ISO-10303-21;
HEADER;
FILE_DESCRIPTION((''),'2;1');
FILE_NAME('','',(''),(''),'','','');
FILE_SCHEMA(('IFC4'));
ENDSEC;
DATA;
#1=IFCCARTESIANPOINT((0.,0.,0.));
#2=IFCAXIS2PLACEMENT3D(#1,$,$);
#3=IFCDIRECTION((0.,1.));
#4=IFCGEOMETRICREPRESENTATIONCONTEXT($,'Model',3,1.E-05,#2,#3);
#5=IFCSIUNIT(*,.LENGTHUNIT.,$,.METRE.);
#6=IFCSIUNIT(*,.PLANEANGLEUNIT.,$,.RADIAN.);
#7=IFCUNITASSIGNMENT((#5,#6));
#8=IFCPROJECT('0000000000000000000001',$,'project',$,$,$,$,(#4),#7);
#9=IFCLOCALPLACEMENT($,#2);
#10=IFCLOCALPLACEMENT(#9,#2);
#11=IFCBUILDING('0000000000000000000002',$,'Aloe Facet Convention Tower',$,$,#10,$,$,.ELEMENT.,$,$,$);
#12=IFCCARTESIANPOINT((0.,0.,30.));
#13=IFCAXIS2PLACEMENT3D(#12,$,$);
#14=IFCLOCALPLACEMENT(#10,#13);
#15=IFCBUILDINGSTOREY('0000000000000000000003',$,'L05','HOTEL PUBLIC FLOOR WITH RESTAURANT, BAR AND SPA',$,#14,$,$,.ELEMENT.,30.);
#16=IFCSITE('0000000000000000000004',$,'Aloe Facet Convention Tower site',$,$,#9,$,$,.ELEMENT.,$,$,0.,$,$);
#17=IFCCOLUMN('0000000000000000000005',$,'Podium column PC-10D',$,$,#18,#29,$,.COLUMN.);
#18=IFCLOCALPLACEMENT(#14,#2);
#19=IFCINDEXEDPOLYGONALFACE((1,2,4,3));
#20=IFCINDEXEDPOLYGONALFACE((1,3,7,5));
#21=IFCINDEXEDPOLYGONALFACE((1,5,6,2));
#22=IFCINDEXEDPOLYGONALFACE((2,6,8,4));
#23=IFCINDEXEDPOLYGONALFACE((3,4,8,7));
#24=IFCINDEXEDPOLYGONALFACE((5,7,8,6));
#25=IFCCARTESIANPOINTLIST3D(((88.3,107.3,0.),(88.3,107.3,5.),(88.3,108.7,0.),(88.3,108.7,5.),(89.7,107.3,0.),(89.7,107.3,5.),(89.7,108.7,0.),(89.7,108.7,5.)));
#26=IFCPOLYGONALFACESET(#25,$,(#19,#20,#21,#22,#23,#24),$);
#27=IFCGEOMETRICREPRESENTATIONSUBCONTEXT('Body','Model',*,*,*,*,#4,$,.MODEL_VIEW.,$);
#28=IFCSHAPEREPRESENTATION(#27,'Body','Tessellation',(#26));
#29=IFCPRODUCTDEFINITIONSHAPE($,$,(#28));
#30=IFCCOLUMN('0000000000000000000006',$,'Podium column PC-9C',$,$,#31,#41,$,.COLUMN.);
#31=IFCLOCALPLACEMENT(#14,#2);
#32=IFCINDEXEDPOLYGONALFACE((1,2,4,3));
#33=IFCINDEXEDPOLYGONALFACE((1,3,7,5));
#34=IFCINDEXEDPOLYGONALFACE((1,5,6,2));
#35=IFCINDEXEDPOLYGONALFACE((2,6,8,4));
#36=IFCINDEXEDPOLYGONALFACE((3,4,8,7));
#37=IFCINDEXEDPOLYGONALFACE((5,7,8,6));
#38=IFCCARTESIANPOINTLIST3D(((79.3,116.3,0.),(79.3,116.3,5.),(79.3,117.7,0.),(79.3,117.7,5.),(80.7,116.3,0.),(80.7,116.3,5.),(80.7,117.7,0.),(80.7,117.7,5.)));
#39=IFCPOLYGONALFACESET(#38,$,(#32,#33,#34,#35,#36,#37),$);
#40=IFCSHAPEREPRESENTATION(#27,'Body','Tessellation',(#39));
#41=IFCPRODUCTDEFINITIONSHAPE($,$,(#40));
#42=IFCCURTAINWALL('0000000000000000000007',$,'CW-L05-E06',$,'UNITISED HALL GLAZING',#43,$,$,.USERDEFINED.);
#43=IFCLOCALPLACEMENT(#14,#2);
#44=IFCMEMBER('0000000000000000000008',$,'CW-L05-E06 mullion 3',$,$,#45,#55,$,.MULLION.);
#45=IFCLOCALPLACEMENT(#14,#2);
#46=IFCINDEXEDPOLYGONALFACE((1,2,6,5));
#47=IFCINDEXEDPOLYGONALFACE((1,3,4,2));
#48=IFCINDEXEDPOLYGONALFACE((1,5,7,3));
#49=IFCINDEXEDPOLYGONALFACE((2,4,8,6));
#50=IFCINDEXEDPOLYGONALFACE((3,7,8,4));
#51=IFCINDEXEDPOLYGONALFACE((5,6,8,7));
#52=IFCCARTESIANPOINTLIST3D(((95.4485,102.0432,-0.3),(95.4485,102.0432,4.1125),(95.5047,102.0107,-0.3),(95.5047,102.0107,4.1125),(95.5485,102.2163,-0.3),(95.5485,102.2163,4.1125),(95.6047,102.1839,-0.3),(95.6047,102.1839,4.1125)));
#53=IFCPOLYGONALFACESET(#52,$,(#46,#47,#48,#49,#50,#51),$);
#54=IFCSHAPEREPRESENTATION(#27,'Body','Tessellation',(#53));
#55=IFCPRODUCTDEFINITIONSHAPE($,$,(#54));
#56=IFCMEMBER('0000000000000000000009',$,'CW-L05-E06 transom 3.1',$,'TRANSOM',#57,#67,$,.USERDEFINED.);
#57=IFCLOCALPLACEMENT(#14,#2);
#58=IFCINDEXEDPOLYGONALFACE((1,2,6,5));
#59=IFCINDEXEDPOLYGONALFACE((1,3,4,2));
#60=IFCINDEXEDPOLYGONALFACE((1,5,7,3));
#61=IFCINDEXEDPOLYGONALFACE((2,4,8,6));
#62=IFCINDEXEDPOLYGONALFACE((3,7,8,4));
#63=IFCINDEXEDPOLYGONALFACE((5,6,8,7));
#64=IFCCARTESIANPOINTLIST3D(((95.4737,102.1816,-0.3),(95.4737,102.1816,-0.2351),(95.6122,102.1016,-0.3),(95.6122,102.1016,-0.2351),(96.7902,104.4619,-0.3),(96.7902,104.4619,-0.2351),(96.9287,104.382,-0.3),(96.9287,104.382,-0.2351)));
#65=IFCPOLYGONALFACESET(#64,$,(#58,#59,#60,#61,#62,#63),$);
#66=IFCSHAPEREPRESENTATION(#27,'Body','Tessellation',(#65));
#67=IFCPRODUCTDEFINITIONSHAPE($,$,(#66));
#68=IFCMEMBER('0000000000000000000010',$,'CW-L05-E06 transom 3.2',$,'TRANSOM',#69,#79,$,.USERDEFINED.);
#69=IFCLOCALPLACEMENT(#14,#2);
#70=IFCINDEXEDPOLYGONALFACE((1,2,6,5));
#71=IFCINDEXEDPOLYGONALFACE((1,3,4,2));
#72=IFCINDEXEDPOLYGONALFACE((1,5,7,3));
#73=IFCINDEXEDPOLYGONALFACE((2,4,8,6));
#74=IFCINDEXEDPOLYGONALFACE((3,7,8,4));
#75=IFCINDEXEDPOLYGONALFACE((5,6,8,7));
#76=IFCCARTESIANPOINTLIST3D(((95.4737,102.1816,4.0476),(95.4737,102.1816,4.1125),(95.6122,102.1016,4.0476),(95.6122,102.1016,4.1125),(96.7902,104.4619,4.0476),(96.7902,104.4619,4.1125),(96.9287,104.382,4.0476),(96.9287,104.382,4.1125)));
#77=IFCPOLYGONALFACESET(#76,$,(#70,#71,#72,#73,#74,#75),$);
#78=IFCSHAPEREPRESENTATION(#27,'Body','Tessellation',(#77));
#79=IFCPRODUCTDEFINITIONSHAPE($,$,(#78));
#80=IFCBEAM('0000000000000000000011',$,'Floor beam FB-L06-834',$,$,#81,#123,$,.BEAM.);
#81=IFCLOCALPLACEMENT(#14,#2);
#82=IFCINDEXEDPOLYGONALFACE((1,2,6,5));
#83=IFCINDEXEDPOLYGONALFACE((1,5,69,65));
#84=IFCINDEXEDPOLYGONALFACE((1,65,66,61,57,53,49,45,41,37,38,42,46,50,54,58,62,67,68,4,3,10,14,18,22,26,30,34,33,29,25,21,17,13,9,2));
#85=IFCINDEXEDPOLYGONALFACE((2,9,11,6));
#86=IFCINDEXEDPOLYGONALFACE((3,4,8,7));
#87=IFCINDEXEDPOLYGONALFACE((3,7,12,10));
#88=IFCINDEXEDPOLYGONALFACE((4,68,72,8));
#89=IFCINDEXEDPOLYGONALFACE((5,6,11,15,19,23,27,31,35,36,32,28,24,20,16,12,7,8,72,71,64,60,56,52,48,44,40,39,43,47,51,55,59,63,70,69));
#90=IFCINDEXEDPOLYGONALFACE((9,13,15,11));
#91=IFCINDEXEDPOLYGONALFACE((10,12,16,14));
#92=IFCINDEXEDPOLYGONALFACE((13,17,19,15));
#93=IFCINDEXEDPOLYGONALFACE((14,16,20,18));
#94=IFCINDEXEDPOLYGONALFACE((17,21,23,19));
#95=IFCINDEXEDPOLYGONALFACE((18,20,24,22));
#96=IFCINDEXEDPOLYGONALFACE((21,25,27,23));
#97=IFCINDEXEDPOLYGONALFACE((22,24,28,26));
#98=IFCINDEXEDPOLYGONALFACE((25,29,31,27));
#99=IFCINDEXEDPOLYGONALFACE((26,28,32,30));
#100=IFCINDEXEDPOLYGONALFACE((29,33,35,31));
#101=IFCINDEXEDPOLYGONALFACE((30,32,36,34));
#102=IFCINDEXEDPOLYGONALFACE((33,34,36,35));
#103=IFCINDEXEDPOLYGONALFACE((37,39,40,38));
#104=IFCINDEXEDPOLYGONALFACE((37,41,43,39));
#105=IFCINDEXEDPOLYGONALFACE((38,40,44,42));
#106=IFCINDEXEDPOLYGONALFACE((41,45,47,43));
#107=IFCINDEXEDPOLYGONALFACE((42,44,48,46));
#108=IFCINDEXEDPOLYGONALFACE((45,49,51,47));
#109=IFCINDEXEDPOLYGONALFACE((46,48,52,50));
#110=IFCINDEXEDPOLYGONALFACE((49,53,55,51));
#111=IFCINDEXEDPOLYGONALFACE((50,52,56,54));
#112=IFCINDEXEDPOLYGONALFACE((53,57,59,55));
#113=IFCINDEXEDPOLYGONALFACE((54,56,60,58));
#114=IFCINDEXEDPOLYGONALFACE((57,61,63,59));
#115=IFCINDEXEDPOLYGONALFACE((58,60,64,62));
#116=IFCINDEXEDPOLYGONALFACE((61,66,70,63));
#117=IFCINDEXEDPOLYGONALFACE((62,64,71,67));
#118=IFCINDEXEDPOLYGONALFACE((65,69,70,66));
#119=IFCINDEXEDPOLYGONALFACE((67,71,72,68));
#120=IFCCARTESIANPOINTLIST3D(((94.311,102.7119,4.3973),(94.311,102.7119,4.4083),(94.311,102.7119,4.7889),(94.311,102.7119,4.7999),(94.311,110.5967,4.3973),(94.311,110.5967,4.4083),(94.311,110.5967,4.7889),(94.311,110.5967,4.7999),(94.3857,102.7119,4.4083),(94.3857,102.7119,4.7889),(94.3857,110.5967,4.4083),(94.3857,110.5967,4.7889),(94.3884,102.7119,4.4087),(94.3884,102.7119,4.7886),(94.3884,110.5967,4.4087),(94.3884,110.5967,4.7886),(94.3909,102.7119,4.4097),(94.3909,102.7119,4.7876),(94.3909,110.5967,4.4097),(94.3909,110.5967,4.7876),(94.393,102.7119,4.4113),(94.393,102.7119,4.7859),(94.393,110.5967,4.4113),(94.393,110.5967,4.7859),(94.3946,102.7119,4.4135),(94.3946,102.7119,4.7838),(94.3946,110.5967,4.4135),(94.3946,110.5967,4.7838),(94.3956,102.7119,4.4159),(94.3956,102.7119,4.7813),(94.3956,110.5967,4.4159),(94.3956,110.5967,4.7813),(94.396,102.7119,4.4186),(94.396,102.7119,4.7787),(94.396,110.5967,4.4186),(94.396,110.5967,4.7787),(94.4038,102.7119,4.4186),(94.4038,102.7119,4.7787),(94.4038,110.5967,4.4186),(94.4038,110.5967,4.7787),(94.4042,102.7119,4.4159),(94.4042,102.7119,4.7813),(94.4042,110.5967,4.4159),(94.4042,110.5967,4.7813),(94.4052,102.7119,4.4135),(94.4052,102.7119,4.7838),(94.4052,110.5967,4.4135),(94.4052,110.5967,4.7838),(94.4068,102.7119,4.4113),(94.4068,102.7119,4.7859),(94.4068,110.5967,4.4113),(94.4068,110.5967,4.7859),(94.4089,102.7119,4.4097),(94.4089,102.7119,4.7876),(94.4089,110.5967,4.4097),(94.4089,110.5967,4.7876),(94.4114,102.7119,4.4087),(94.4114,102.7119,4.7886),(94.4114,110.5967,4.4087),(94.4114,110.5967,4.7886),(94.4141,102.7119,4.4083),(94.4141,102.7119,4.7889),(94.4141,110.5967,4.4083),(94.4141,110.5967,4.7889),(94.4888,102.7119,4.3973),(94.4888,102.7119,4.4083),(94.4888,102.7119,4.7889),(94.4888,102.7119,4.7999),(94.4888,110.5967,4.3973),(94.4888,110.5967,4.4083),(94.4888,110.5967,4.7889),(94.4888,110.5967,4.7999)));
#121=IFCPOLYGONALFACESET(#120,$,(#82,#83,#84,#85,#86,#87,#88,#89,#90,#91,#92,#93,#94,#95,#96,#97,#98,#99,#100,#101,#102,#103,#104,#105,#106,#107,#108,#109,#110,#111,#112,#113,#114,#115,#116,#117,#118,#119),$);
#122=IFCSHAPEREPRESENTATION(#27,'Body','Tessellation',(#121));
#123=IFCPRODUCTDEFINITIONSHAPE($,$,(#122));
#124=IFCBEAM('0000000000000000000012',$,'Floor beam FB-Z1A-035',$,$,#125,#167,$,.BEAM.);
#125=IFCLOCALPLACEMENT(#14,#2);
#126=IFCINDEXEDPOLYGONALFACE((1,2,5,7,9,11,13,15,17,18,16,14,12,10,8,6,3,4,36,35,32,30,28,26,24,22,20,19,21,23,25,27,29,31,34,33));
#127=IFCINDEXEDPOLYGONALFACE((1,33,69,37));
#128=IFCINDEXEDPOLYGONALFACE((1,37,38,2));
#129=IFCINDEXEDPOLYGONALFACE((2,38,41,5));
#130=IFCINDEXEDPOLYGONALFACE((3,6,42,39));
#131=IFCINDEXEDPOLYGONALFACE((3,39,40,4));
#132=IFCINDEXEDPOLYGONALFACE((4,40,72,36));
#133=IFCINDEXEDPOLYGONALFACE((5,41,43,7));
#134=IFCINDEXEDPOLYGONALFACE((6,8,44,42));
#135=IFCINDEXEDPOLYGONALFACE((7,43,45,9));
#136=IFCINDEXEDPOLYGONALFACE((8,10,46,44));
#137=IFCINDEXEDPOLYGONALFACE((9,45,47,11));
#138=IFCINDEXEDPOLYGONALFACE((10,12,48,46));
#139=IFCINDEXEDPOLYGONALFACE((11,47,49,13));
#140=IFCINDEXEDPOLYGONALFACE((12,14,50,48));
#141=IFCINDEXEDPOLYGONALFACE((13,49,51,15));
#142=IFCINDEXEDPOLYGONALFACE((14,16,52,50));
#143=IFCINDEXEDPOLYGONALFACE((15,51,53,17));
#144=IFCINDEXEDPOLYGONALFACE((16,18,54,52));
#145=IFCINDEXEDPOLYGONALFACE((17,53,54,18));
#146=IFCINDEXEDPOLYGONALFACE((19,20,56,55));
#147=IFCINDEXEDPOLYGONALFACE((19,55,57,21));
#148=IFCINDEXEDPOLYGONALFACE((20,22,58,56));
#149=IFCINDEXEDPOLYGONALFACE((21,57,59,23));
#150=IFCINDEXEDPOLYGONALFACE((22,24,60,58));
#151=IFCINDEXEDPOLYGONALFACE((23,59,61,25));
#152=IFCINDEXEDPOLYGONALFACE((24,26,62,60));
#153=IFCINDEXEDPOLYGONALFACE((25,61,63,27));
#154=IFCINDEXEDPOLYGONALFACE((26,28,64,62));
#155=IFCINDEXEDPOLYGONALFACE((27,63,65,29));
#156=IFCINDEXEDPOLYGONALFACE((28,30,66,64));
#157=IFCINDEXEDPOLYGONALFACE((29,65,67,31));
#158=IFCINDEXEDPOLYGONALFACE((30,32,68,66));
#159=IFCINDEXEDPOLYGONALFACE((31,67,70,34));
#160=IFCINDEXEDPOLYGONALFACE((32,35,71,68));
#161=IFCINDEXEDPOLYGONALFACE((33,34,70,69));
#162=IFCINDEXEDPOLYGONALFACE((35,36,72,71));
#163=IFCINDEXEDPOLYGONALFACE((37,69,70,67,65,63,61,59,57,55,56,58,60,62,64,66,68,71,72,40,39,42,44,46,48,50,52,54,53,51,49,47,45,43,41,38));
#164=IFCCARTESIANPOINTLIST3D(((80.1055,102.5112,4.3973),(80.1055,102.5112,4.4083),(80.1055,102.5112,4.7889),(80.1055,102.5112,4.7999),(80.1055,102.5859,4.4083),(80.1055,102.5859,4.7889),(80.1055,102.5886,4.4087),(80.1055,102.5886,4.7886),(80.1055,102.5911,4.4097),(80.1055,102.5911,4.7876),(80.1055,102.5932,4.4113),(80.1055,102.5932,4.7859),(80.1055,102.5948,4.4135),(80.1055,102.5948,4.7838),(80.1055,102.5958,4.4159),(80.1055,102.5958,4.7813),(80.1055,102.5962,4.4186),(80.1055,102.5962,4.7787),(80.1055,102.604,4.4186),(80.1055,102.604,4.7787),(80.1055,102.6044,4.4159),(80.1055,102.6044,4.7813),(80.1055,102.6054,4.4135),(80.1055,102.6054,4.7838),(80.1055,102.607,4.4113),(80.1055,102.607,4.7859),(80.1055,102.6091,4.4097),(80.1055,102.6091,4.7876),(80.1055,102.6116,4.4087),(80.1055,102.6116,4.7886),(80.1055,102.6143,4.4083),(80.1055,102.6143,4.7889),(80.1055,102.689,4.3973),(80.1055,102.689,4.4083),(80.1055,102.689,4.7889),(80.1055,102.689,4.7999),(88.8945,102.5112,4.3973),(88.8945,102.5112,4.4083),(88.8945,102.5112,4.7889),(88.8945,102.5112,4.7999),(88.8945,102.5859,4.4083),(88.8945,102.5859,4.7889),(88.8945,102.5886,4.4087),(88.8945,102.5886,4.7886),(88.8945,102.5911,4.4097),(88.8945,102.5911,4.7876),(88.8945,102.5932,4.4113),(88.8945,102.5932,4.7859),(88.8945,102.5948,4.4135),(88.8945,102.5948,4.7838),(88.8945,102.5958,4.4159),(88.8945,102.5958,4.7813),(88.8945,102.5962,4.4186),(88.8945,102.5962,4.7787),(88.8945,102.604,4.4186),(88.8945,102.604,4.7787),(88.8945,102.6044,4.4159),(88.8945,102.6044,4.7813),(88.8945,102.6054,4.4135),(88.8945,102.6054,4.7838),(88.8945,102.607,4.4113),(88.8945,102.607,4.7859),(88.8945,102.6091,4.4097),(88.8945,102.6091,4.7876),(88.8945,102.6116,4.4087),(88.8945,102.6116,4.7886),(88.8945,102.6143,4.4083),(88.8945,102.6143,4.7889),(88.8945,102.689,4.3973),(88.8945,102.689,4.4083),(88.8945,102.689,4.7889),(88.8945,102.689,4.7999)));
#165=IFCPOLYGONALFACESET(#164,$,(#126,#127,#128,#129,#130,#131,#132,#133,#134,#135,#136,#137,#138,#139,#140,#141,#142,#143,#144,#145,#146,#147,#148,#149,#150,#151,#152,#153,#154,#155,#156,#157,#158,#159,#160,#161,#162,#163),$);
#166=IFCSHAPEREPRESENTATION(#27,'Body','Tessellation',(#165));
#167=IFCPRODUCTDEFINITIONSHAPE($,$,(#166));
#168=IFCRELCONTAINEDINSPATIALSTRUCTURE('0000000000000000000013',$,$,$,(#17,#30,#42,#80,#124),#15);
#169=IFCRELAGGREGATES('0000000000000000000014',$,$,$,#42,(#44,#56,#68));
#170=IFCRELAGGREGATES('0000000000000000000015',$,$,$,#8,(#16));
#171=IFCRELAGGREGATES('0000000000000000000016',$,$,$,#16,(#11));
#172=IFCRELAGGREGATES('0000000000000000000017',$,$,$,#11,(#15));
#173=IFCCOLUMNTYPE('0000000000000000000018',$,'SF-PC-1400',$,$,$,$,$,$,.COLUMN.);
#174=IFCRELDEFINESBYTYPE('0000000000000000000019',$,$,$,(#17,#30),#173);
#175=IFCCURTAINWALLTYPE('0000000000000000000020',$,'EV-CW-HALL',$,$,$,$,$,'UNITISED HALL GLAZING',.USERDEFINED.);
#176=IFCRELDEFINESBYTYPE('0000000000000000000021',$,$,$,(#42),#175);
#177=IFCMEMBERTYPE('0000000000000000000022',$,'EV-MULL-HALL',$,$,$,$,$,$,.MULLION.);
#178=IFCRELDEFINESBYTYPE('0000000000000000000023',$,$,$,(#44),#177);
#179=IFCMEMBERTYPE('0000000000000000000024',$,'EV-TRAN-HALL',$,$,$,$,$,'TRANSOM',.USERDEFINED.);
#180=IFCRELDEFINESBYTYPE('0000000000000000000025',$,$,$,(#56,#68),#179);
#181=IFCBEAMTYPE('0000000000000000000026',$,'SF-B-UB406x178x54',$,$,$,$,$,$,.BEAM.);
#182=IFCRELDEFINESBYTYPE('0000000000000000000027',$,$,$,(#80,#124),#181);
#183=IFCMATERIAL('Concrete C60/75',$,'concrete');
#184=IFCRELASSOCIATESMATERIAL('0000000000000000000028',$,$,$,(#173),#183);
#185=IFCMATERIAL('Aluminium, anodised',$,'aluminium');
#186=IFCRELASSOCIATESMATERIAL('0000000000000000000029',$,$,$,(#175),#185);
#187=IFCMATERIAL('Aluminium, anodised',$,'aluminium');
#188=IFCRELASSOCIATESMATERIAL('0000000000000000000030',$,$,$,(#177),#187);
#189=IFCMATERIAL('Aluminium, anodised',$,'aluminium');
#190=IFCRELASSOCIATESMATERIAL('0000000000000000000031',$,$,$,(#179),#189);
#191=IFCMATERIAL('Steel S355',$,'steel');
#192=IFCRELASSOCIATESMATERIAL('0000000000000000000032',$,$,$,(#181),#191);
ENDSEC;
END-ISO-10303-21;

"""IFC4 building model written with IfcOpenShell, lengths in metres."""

from ifc_helpers import new_model, si_unit, direction, frame, origin, origin_2d, place, context, subcontext, project, spatial, rectangle, i_section, extrude, material, material_profile, profile_set, type_object, element, aggregate, save


model = new_model("IFC4")

# Units and contexts
model_context = context("Model", 3, precision=1e-05, world=origin(), true_north=direction((0.0, 1.0)))
body_context = subcontext(model_context, "Body", "Model", "MODEL_VIEW")
ifc_project = project(units=[si_unit("LENGTHUNIT", "METRE"), si_unit("PLANEANGLEUNIT", "RADIAN")], contexts=[model_context])

# Site, building, storey
site_placement = place(None, origin())
site = spatial("IfcSite", under=ifc_project, at=site_placement, Name="Aloe Facet Convention Tower site", CompositionType="ELEMENT", RefElevation=0.0)
building_placement = place(site_placement, origin())
building = spatial("IfcBuilding", under=site, at=building_placement, Name="Aloe Facet Convention Tower", CompositionType="ELEMENT")
storey_placement = place(building_placement, frame((0.0, 0.0, 30.0)))
storey = spatial("IfcBuildingStorey", under=building, at=storey_placement, Name="L05", Description="HOTEL PUBLIC FLOOR WITH RESTAURANT, BAR AND SPA", CompositionType="ELEMENT", Elevation=30.0)

# Columns
ifc_material_1 = material(Name="Concrete C60/75", Category="concrete")
ifc_material_profile_1 = material_profile(ifc_material_1, rectangle(XDim=1.3999, YDim=1.3999, at=origin_2d()), Name="SF-PC-1400")
ifc_profile_set_1 = profile_set([ifc_material_profile_1], Name="Concrete C60/75")
column_type = type_object("IfcColumnType", Name="SF-PC-1400", PredefinedType="COLUMN", material=ifc_profile_set_1)
for number, where, z_axis, x_axis, name in (
    (1, (89.0, 108.0, 0.0), (0.0, 0.0, 1.0), (1.0, 0.0, 0.0), "Podium column PC-10D"),
    (2, (80.0, 117.0, 0.0), (0.0, 0.0, 1.0), (1.0, 0.0, 0.0), "Podium column PC-9C"),
):
    element("IfcColumn", number, at=place(storey_placement, frame(where, z_axis=z_axis, x_axis=x_axis)), inside=storey, type_object=column_type, Name=name, PredefinedType="COLUMN", context=body_context, shape_type="SweptSolid", body=[
        extrude(rectangle(XDim=1.3999, YDim=1.3999, at=origin_2d()), origin(), (0.0, 0.0, 1.0), 5.0),
    ])

# Curtain wall, members
ifc_material_2 = material(Name="Aluminium, anodised", Category="aluminium")
curtain_wall_type = type_object("IfcCurtainWallType", Name="EV-CW-HALL", ElementType="UNITISED HALL GLAZING", PredefinedType="USERDEFINED", material=ifc_material_2)
curtain_wall_placement = place(storey_placement, origin())
curtain_wall = element("IfcCurtainWall", 3, at=curtain_wall_placement, inside=storey, type_object=curtain_wall_type, Name="CW-L05-E06", ObjectType="UNITISED HALL GLAZING", PredefinedType="USERDEFINED")
ifc_material_3 = material(Name="Aluminium, anodised", Category="aluminium")
ifc_material_profile_2 = material_profile(ifc_material_3, rectangle(XDim=0.0649, YDim=0.2, at=origin_2d()), Name="AL 65x200")
ifc_profile_set_2 = profile_set([ifc_material_profile_2], Name="Aluminium, anodised")
member_type_1 = type_object("IfcMemberType", Name="EV-MULL-HALL", PredefinedType="MULLION", material=ifc_profile_set_2)
member_1_placement = place(storey_placement, frame((95.5266, 102.1135, -0.3), z_axis=(0.0, 0.0, 1.0), x_axis=(-0.866025, 0.5, 0.0)))
member_1 = element("IfcMember", 4, at=member_1_placement, type_object=member_type_1, Name="CW-L05-E06 mullion 3", PredefinedType="MULLION", context=body_context, shape_type="SweptSolid", body=[
    extrude(rectangle(XDim=0.0649, YDim=0.2, at=origin_2d()), origin(), (0.0, 0.0, 1.0), 4.4126),
])
ifc_material_4 = material(Name="Aluminium, anodised", Category="aluminium")
ifc_material_profile_3 = material_profile(ifc_material_4, rectangle(XDim=0.1599, YDim=0.0649, at=origin_2d()), Name="AL 160x65")
ifc_profile_set_3 = profile_set([ifc_material_profile_3], Name="Aluminium, anodised")
member_type_2 = type_object("IfcMemberType", Name="EV-TRAN-HALL", ElementType="TRANSOM", PredefinedType="USERDEFINED", material=ifc_profile_set_3)
member_2_placement = place(storey_placement, frame((95.543, 102.1416, -0.2676), z_axis=(0.499969, 0.866044, 0.0), x_axis=(-0.866044, 0.499969, 0.0)))
member_2 = element("IfcMember", 5, at=member_2_placement, type_object=member_type_2, Name="CW-L05-E06 transom 3.1", ObjectType="TRANSOM", PredefinedType="USERDEFINED", context=body_context, shape_type="SweptSolid", body=[
    extrude(rectangle(XDim=0.1599, YDim=0.0649, at=origin_2d()), origin(), (0.0, 0.0, 1.0), 2.6331),
])
member_3_placement = place(storey_placement, frame((95.543, 102.1416, 4.0801), z_axis=(0.499969, 0.866044, 0.0), x_axis=(-0.866044, 0.499969, 0.0)))
member_3 = element("IfcMember", 6, at=member_3_placement, type_object=member_type_2, Name="CW-L05-E06 transom 3.2", ObjectType="TRANSOM", PredefinedType="USERDEFINED", context=body_context, shape_type="SweptSolid", body=[
    extrude(rectangle(XDim=0.1599, YDim=0.0649, at=origin_2d()), origin(), (0.0, 0.0, 1.0), 2.6331),
])

# Beams
ifc_material_5 = material(Name="Steel S355", Category="steel")
ifc_material_profile_4 = material_profile(ifc_material_5, i_section(OverallWidth=0.1777, OverallDepth=0.4026, WebThickness=0.0078, FlangeThickness=0.011, FilletRadius=0.0103, at=origin_2d()), Name="UB 406x178x54")
ifc_profile_set_4 = profile_set([ifc_material_profile_4], Name="Steel S355")
beam_type_1 = type_object("IfcBeamType", Name="SF-B-UB406x178x54", PredefinedType="BEAM", material=ifc_profile_set_4)
beam_1_placement = place(storey_placement, frame((94.3999, 102.7119, 4.5986), z_axis=(0.0, 1.0, 0.0), x_axis=(-1.0, 0.0, 0.0)))
element("IfcBeam", 7, at=beam_1_placement, inside=storey, type_object=beam_type_1, Name="Floor beam FB-L06-834", PredefinedType="BEAM", context=body_context, shape_type="SweptSolid", body=[
    extrude(i_section(OverallWidth=0.1777, OverallDepth=0.4026, WebThickness=0.0078, FlangeThickness=0.011, FilletRadius=0.0103, at=origin_2d()), origin(), (0.0, 0.0, 1.0), 7.8848),
])
for number, where, z_axis, x_axis, name in (
    (8, (80.1055, 102.6001, 4.5986), (1.0, 0.0, 0.0), (0.0, 1.0, 0.0), "Floor beam FB-Z1A-035"),
):
    element("IfcBeam", number, at=place(storey_placement, frame(where, z_axis=z_axis, x_axis=x_axis)), inside=storey, type_object=beam_type_1, Name=name, PredefinedType="BEAM", context=body_context, shape_type="SweptSolid", body=[
        extrude(i_section(OverallWidth=0.1777, OverallDepth=0.4026, WebThickness=0.0078, FlangeThickness=0.011, FilletRadius=0.0103, at=origin_2d()), origin(), (0.0, 0.0, 1.0), 8.7891),
    ])

aggregate(curtain_wall, [member_1, member_2, member_3])

save(model, "model.ifc")
